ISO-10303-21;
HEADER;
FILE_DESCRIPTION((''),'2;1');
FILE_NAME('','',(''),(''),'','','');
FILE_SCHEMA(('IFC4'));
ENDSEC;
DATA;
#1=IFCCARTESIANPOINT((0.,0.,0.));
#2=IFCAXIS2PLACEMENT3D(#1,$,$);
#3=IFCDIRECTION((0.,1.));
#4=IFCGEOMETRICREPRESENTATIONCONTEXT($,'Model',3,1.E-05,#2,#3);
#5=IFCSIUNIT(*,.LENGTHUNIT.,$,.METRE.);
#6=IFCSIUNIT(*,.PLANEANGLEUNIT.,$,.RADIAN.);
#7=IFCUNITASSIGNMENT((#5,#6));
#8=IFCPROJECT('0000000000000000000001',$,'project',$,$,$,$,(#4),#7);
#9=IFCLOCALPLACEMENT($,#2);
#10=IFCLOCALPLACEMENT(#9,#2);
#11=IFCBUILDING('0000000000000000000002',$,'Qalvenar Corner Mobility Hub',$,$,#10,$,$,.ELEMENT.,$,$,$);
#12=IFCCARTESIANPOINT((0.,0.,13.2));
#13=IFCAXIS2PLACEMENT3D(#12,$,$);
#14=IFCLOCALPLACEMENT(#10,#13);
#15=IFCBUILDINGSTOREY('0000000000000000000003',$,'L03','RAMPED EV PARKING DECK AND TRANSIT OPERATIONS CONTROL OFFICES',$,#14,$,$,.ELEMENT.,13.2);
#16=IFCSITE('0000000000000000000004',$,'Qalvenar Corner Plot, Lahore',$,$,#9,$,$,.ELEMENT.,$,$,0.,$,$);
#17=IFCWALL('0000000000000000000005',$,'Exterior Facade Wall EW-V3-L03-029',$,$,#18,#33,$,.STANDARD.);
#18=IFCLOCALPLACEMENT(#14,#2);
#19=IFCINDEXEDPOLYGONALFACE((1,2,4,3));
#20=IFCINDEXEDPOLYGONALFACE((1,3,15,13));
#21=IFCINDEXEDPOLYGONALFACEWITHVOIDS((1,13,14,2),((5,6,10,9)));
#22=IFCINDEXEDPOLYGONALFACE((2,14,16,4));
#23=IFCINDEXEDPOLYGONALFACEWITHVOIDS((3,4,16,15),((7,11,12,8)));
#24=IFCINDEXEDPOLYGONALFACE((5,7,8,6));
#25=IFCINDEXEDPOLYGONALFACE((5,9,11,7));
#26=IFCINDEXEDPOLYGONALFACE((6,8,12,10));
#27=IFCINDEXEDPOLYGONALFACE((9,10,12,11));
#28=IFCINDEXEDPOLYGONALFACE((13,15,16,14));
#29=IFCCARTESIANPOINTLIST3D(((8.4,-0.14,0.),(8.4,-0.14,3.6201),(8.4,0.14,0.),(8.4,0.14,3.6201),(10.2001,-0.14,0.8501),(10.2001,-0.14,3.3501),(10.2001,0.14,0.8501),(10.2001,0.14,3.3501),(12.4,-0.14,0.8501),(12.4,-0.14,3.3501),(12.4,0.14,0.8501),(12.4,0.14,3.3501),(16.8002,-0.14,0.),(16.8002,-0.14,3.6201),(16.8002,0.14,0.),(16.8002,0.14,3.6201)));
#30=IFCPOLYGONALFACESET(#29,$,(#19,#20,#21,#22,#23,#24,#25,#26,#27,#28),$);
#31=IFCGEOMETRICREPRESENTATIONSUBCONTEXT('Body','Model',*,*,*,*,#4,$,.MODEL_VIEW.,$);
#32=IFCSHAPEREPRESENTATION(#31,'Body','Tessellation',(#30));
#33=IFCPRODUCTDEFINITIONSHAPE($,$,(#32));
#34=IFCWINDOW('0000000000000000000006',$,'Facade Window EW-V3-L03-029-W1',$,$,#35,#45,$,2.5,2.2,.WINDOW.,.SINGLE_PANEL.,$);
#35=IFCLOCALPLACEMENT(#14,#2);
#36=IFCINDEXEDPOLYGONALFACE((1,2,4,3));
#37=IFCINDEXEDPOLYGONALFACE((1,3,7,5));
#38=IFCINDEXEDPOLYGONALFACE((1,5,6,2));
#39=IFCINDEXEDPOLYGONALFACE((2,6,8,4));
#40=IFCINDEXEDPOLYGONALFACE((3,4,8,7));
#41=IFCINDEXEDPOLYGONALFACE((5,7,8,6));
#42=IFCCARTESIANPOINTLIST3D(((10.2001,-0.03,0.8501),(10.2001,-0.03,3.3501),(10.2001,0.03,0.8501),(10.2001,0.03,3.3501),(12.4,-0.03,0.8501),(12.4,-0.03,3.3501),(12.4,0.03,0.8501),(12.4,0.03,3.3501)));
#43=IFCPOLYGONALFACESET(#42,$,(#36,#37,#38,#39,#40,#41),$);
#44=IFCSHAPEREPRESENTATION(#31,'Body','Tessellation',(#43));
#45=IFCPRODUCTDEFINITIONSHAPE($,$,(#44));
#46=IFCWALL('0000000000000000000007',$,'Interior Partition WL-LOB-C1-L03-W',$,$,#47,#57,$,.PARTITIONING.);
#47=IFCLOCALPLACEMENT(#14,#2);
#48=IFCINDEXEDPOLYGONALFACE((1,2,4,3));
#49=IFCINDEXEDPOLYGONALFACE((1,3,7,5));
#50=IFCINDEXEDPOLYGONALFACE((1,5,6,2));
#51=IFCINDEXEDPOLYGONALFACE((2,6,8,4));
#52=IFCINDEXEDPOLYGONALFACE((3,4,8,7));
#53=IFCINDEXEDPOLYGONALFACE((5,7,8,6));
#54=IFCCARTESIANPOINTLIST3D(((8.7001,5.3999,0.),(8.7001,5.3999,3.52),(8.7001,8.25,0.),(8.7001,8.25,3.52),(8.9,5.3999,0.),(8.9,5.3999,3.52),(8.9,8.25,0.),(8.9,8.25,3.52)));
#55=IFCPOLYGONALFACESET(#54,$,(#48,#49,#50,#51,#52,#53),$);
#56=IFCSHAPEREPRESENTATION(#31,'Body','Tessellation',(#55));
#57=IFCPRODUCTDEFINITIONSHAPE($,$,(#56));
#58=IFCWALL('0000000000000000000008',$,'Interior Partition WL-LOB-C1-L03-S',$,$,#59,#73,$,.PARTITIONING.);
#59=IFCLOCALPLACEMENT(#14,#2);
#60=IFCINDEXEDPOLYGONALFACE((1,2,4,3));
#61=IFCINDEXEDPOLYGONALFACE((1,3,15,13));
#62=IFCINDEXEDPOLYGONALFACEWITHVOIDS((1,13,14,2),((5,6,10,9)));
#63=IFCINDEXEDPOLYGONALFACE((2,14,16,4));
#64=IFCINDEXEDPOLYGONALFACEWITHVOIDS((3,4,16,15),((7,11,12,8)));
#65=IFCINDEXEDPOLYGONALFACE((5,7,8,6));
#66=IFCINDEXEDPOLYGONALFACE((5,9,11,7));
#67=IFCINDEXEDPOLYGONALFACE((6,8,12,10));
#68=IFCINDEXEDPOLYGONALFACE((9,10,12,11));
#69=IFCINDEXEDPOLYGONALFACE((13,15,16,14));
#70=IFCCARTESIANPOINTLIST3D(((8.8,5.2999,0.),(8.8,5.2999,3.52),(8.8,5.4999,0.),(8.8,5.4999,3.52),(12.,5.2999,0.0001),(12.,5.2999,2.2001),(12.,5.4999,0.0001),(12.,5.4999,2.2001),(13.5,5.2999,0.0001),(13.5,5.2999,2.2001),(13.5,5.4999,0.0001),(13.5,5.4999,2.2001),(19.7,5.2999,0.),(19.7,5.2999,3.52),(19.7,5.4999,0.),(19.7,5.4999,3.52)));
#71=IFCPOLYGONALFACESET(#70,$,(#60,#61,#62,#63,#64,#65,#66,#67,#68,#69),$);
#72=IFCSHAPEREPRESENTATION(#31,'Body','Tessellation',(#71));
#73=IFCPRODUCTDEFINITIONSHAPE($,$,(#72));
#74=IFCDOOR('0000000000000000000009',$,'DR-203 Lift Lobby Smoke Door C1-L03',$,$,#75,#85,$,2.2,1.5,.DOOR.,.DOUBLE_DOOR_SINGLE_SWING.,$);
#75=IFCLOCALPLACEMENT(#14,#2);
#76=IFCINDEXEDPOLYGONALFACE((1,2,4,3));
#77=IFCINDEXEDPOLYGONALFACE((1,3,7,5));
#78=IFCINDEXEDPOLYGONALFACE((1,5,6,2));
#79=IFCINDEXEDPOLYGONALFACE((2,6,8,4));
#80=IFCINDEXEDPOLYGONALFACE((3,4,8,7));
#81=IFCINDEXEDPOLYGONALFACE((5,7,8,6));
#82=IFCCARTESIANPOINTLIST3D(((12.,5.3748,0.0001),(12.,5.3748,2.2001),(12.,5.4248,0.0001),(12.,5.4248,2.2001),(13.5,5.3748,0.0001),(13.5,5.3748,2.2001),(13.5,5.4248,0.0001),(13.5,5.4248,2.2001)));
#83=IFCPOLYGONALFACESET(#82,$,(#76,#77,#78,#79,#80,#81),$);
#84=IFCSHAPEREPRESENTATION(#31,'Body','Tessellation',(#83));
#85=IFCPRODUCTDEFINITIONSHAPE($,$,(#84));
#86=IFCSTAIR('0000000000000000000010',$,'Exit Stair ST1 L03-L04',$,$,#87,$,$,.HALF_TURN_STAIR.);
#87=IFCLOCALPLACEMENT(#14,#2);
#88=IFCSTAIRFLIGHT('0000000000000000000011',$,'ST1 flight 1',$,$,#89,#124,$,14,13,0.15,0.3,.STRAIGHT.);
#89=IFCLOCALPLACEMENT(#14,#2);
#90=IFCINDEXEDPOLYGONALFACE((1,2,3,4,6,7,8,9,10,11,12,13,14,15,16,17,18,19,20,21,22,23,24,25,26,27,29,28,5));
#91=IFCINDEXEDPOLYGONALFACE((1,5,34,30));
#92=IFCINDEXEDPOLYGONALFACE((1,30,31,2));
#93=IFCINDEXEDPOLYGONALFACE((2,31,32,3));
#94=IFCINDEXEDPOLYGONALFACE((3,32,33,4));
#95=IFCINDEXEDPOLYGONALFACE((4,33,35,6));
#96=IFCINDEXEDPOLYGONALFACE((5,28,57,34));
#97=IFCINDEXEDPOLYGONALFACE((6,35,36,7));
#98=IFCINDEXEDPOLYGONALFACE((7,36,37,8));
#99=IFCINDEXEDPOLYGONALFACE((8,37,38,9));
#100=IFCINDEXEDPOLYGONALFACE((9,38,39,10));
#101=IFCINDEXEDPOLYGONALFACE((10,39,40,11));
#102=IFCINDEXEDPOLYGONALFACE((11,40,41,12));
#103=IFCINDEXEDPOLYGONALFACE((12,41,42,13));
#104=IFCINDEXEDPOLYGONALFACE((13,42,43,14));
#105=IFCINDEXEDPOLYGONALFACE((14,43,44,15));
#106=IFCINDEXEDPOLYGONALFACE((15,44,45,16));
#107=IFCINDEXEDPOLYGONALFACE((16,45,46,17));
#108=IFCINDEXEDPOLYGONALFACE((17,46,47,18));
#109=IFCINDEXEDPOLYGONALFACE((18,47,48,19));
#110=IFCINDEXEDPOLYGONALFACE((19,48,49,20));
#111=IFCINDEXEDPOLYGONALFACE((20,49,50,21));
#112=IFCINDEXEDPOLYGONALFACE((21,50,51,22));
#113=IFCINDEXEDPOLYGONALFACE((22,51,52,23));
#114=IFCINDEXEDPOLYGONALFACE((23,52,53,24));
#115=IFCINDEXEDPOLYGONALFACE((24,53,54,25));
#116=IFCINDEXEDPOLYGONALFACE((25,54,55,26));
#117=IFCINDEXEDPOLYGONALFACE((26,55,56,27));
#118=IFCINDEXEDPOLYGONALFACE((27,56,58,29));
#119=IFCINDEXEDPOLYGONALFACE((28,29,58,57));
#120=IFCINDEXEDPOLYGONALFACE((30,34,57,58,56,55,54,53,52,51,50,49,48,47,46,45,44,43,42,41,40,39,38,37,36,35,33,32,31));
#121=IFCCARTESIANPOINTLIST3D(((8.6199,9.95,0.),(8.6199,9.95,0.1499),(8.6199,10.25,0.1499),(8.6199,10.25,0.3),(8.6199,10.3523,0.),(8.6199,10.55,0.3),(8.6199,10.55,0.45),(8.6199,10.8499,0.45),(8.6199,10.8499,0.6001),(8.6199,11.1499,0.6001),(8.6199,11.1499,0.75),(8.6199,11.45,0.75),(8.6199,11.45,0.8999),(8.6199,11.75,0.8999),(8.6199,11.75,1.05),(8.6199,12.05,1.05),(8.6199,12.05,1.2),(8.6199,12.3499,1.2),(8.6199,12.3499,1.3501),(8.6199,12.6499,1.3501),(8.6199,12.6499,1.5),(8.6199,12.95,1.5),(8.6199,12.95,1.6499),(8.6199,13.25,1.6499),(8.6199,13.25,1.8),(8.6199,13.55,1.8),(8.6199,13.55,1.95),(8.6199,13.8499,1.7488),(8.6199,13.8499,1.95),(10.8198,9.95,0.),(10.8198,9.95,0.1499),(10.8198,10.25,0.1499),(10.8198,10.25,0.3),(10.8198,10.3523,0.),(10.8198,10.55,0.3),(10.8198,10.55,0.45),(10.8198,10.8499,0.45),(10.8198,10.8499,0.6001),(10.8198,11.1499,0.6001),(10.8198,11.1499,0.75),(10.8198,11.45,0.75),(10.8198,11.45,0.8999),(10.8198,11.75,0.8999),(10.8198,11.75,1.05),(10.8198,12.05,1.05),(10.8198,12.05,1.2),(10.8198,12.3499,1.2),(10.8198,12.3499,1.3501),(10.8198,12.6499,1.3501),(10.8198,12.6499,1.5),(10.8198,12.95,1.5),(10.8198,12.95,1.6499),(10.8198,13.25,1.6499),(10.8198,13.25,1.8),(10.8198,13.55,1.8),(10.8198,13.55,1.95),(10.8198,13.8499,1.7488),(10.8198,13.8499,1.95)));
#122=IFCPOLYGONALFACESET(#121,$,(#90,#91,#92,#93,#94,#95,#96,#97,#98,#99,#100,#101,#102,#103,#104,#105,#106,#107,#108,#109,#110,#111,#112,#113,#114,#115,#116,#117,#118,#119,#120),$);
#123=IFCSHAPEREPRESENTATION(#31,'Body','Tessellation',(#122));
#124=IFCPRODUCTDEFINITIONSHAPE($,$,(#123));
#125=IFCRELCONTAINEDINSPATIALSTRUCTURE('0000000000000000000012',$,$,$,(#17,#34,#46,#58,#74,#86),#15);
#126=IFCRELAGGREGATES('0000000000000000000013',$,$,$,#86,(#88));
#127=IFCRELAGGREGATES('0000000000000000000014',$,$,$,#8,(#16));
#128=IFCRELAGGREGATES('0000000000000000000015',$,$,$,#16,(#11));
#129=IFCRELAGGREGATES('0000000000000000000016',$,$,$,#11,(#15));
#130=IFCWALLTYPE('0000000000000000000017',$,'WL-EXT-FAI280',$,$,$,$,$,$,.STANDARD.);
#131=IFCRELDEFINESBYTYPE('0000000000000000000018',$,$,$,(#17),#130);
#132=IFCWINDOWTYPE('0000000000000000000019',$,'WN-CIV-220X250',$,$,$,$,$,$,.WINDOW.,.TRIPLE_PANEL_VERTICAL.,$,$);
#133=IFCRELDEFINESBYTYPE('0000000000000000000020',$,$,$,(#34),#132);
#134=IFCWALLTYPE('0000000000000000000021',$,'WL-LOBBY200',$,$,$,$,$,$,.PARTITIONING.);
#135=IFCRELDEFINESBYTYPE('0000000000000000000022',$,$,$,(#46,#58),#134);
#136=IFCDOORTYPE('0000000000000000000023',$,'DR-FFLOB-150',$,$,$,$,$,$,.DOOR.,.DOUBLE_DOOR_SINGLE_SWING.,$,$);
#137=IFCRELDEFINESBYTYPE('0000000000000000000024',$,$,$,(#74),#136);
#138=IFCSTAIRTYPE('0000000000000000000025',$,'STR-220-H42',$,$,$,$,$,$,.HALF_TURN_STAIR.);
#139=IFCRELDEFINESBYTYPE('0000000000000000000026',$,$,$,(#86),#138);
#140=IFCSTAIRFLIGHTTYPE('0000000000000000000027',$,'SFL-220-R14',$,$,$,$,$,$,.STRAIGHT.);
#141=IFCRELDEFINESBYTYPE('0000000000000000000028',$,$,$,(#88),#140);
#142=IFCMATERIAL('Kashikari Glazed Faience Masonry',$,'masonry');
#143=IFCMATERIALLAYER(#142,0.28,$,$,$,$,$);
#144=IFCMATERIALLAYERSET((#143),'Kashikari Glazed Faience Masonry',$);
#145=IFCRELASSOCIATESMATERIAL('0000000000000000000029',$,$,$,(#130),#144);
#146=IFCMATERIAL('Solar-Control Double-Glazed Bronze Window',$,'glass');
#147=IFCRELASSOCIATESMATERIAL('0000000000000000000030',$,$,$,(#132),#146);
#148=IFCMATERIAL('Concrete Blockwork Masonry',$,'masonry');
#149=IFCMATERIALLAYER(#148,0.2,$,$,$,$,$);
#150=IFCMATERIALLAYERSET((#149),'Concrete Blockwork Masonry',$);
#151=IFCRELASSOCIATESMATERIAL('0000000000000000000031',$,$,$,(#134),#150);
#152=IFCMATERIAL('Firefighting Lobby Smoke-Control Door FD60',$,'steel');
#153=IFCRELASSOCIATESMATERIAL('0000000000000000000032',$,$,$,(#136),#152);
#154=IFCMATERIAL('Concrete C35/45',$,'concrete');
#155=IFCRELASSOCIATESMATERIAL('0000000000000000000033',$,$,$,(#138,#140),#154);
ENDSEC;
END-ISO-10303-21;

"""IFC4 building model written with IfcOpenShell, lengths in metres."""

from ifc_helpers import new_model, si_unit, direction, frame, frame_2d, origin, place, context, subcontext, project, spatial, polyline, rectangle, outline, extrude, material, layer, layer_set, type_object, element, fill, aggregate, save


model = new_model("IFC4")

# Units and contexts
model_context = context("Model", 3, precision=1e-05, world=origin(), true_north=direction((0.0, 1.0)))
body_context = subcontext(model_context, "Body", "Model", "MODEL_VIEW")
ifc_project = project(units=[si_unit("LENGTHUNIT", "METRE"), si_unit("PLANEANGLEUNIT", "RADIAN")], contexts=[model_context])

# Site, building, storey
site_placement = place(None, origin())
site = spatial("IfcSite", under=ifc_project, at=site_placement, Name="Qalvenar Corner Plot, Lahore", CompositionType="ELEMENT", RefElevation=0.0)
building_placement = place(site_placement, origin())
building = spatial("IfcBuilding", under=site, at=building_placement, Name="Qalvenar Corner Mobility Hub", CompositionType="ELEMENT")
storey_placement = place(building_placement, frame((0.0, 0.0, 13.2)))
storey = spatial("IfcBuildingStorey", under=building, at=storey_placement, Name="L03", Description="RAMPED EV PARKING DECK AND TRANSIT OPERATIONS CONTROL OFFICES", CompositionType="ELEMENT", Elevation=13.2)

# Shared definitions
ifc_material_1 = material(Name="Kashikari Glazed Faience Masonry", Category="masonry")
ifc_layer_1 = layer(ifc_material_1, 0.28)
ifc_layer_set_1 = layer_set([ifc_layer_1], Name="Kashikari Glazed Faience Masonry")
wall_type_1 = type_object("IfcWallType", Name="WL-EXT-FAI280", PredefinedType="STANDARD", material=ifc_layer_set_1)

# Wall, opening, window
wall_1_placement = place(storey_placement, frame((8.3999, 0.0, 0.0), z_axis=(0.0, 0.0, 1.0), x_axis=(1.0, 0.0, 0.0)))
wall_1 = element("IfcWall", 1, at=wall_1_placement, inside=storey, type_object=wall_type_1, Name="Exterior Facade Wall EW-V3-L03-029", PredefinedType="STANDARD", context=body_context, shape_type="SweptSolid", body=[
    extrude(rectangle(XDim=8.4001, YDim=0.28, at=frame_2d((4.2002, 0.0))), origin(), (0.0, 0.0, 1.0), 3.6201),
])
opening_1_placement = place(wall_1_placement, frame((1.8, 0.0, 0.8501)))
opening_1 = element("IfcOpeningElement", 2, at=opening_1_placement, cuts=wall_1, PredefinedType="OPENING", context=body_context, shape_type="SweptSolid", body=[
    extrude(rectangle(XDim=2.2, YDim=2.5, at=frame_2d((1.1001, 1.25))), frame((0.0, 0.1499, 0.0), z_axis=(0.0, -1.0, 0.0), x_axis=(1.0, 0.0, 0.0)), (0.0, 0.0, 1.0), 0.3),
])
ifc_material_2 = material(Name="Solar-Control Double-Glazed Bronze Window", Category="glass")
window_type = type_object("IfcWindowType", Name="WN-CIV-220X250", PartitioningType="TRIPLE_PANEL_VERTICAL", PredefinedType="WINDOW", material=ifc_material_2)
window_placement = place(opening_1_placement, origin())
window = element("IfcWindow", 3, at=window_placement, inside=storey, type_object=window_type, Name="Facade Window EW-V3-L03-029-W1", OverallHeight=2.5, OverallWidth=2.2, PartitioningType="SINGLE_PANEL", PredefinedType="WINDOW", context=body_context, shape_type="SweptSolid", body=[
    extrude(rectangle(XDim=2.2, YDim=2.5, at=frame_2d((1.1001, 1.25))), frame((0.0, 0.03, 0.0), z_axis=(0.0, -1.0, 0.0), x_axis=(1.0, 0.0, 0.0)), (0.0, 0.0, 1.0), 0.0601),
])
fill(opening_1, window)

# Wall
ifc_material_3 = material(Name="Concrete Blockwork Masonry", Category="masonry")
ifc_layer_2 = layer(ifc_material_3, 0.2)
ifc_layer_set_2 = layer_set([ifc_layer_2], Name="Concrete Blockwork Masonry")
wall_type_2 = type_object("IfcWallType", Name="WL-LOBBY200", PredefinedType="PARTITIONING", material=ifc_layer_set_2)
wall_2_placement = place(storey_placement, frame((8.8, 5.3999, 0.0), z_axis=(0.0, 0.0, 1.0), x_axis=(0.0, 1.0, 0.0)))
element("IfcWall", 4, at=wall_2_placement, inside=storey, type_object=wall_type_2, Name="Interior Partition WL-LOB-C1-L03-W", PredefinedType="PARTITIONING", context=body_context, shape_type="SweptSolid", body=[
    extrude(rectangle(XDim=2.8501, YDim=0.2, at=frame_2d((1.425, 0.0))), origin(), (0.0, 0.0, 1.0), 3.52),
])

# Wall, opening, door
wall_3_placement = place(storey_placement, frame((8.8, 5.3999, 0.0), z_axis=(0.0, 0.0, 1.0), x_axis=(1.0, 0.0, 0.0)))
wall_3 = element("IfcWall", 5, at=wall_3_placement, inside=storey, type_object=wall_type_2, Name="Interior Partition WL-LOB-C1-L03-S", PredefinedType="PARTITIONING", context=body_context, shape_type="SweptSolid", body=[
    extrude(rectangle(XDim=10.8999, YDim=0.2, at=frame_2d((5.45, 0.0))), origin(), (0.0, 0.0, 1.0), 3.52),
])
opening_2_placement = place(wall_3_placement, frame((3.2, 0.0, 0.0)))
opening_2 = element("IfcOpeningElement", 6, at=opening_2_placement, cuts=wall_3, PredefinedType="OPENING", context=body_context, shape_type="SweptSolid", body=[
    extrude(rectangle(XDim=1.5, YDim=2.2, at=frame_2d((0.75, 1.1001))), frame((0.0, 0.1099, 0.0), z_axis=(0.0, -1.0, 0.0), x_axis=(1.0, 0.0, 0.0)), (0.0, 0.0, 1.0), 0.22),
])
ifc_material_4 = material(Name="Firefighting Lobby Smoke-Control Door FD60", Category="steel")
door_type_1 = type_object("IfcDoorType", Name="DR-FFLOB-150", OperationType="DOUBLE_DOOR_SINGLE_SWING", PredefinedType="DOOR", material=ifc_material_4)
door_1_placement = place(opening_2_placement, origin())
door_1 = element("IfcDoor", 7, at=door_1_placement, inside=storey, type_object=door_type_1, Name="DR-203 Lift Lobby Smoke Door C1-L03", OperationType="DOUBLE_DOOR_SINGLE_SWING", OverallHeight=2.2, OverallWidth=1.5, PredefinedType="DOOR", context=body_context, shape_type="SweptSolid", body=[
    extrude(rectangle(XDim=1.5, YDim=2.2, at=frame_2d((0.75, 1.1001))), frame((0.0, 0.0249, 0.0), z_axis=(0.0, -1.0, 0.0), x_axis=(1.0, 0.0, 0.0)), (0.0, 0.0, 1.0), 0.05),
])
fill(opening_2, door_1)

# Stair, stair flight
ifc_material_5 = material(Name="Concrete C35/45", Category="concrete")
stair_type = type_object("IfcStairType", Name="STR-220-H42", PredefinedType="HALF_TURN_STAIR", material=ifc_material_5)
stair_placement = place(storey_placement, origin())
stair = element("IfcStair", 8, at=stair_placement, inside=storey, type_object=stair_type, Name="Exit Stair ST1 L03-L04", PredefinedType="HALF_TURN_STAIR")
stair_flight_type = type_object("IfcStairFlightType", Name="SFL-220-R14", PredefinedType="STRAIGHT", material=ifc_material_5)
stair_flight_placement = place(storey_placement, frame((9.72, 9.95, 0.0), z_axis=(0.0, 0.0, 1.0), x_axis=(0.0, 1.0, 0.0)))
stair_flight = element("IfcStairFlight", 9, at=stair_flight_placement, type_object=stair_flight_type, Name="ST1 flight 1", NumberOfRisers=14, NumberOfTreads=13, PredefinedType="STRAIGHT", RiserHeight=0.15, TreadLength=0.3, context=body_context, shape_type="SweptSolid", body=[
    extrude(outline(polyline([(0.0, 0.0), (0.0, 0.1499), (0.3, 0.1499), (0.3, 0.3), (0.6001, 0.3), (0.6001, 0.45), (0.8999, 0.45), (0.8999, 0.6001), (1.2, 0.6001), (1.2, 0.75), (1.5, 0.75), (1.5, 0.8999), (1.8, 0.8999), (1.8, 1.05), (2.1001, 1.05), (2.1001, 1.2), (2.3999, 1.2), (2.3999, 1.3501), (2.7, 1.3501), (2.7, 1.5), (3.0, 1.5), (3.0, 1.6499), (3.3, 1.6499), (3.3, 1.8), (3.6001, 1.8), (3.6001, 1.95), (3.8999, 1.95), (3.8999, 2.1001), (3.8999, 1.7488), (0.4023, 0.0), (0.0, 0.0)])), frame((0.0, 1.1001, 0.0), z_axis=(0.0, -1.0, 0.0), x_axis=(1.0, 0.0, 0.0)), (0.0, 0.0, 1.0), 2.2),
])
aggregate(stair, [stair_flight])

save(model, "model.ifc")
